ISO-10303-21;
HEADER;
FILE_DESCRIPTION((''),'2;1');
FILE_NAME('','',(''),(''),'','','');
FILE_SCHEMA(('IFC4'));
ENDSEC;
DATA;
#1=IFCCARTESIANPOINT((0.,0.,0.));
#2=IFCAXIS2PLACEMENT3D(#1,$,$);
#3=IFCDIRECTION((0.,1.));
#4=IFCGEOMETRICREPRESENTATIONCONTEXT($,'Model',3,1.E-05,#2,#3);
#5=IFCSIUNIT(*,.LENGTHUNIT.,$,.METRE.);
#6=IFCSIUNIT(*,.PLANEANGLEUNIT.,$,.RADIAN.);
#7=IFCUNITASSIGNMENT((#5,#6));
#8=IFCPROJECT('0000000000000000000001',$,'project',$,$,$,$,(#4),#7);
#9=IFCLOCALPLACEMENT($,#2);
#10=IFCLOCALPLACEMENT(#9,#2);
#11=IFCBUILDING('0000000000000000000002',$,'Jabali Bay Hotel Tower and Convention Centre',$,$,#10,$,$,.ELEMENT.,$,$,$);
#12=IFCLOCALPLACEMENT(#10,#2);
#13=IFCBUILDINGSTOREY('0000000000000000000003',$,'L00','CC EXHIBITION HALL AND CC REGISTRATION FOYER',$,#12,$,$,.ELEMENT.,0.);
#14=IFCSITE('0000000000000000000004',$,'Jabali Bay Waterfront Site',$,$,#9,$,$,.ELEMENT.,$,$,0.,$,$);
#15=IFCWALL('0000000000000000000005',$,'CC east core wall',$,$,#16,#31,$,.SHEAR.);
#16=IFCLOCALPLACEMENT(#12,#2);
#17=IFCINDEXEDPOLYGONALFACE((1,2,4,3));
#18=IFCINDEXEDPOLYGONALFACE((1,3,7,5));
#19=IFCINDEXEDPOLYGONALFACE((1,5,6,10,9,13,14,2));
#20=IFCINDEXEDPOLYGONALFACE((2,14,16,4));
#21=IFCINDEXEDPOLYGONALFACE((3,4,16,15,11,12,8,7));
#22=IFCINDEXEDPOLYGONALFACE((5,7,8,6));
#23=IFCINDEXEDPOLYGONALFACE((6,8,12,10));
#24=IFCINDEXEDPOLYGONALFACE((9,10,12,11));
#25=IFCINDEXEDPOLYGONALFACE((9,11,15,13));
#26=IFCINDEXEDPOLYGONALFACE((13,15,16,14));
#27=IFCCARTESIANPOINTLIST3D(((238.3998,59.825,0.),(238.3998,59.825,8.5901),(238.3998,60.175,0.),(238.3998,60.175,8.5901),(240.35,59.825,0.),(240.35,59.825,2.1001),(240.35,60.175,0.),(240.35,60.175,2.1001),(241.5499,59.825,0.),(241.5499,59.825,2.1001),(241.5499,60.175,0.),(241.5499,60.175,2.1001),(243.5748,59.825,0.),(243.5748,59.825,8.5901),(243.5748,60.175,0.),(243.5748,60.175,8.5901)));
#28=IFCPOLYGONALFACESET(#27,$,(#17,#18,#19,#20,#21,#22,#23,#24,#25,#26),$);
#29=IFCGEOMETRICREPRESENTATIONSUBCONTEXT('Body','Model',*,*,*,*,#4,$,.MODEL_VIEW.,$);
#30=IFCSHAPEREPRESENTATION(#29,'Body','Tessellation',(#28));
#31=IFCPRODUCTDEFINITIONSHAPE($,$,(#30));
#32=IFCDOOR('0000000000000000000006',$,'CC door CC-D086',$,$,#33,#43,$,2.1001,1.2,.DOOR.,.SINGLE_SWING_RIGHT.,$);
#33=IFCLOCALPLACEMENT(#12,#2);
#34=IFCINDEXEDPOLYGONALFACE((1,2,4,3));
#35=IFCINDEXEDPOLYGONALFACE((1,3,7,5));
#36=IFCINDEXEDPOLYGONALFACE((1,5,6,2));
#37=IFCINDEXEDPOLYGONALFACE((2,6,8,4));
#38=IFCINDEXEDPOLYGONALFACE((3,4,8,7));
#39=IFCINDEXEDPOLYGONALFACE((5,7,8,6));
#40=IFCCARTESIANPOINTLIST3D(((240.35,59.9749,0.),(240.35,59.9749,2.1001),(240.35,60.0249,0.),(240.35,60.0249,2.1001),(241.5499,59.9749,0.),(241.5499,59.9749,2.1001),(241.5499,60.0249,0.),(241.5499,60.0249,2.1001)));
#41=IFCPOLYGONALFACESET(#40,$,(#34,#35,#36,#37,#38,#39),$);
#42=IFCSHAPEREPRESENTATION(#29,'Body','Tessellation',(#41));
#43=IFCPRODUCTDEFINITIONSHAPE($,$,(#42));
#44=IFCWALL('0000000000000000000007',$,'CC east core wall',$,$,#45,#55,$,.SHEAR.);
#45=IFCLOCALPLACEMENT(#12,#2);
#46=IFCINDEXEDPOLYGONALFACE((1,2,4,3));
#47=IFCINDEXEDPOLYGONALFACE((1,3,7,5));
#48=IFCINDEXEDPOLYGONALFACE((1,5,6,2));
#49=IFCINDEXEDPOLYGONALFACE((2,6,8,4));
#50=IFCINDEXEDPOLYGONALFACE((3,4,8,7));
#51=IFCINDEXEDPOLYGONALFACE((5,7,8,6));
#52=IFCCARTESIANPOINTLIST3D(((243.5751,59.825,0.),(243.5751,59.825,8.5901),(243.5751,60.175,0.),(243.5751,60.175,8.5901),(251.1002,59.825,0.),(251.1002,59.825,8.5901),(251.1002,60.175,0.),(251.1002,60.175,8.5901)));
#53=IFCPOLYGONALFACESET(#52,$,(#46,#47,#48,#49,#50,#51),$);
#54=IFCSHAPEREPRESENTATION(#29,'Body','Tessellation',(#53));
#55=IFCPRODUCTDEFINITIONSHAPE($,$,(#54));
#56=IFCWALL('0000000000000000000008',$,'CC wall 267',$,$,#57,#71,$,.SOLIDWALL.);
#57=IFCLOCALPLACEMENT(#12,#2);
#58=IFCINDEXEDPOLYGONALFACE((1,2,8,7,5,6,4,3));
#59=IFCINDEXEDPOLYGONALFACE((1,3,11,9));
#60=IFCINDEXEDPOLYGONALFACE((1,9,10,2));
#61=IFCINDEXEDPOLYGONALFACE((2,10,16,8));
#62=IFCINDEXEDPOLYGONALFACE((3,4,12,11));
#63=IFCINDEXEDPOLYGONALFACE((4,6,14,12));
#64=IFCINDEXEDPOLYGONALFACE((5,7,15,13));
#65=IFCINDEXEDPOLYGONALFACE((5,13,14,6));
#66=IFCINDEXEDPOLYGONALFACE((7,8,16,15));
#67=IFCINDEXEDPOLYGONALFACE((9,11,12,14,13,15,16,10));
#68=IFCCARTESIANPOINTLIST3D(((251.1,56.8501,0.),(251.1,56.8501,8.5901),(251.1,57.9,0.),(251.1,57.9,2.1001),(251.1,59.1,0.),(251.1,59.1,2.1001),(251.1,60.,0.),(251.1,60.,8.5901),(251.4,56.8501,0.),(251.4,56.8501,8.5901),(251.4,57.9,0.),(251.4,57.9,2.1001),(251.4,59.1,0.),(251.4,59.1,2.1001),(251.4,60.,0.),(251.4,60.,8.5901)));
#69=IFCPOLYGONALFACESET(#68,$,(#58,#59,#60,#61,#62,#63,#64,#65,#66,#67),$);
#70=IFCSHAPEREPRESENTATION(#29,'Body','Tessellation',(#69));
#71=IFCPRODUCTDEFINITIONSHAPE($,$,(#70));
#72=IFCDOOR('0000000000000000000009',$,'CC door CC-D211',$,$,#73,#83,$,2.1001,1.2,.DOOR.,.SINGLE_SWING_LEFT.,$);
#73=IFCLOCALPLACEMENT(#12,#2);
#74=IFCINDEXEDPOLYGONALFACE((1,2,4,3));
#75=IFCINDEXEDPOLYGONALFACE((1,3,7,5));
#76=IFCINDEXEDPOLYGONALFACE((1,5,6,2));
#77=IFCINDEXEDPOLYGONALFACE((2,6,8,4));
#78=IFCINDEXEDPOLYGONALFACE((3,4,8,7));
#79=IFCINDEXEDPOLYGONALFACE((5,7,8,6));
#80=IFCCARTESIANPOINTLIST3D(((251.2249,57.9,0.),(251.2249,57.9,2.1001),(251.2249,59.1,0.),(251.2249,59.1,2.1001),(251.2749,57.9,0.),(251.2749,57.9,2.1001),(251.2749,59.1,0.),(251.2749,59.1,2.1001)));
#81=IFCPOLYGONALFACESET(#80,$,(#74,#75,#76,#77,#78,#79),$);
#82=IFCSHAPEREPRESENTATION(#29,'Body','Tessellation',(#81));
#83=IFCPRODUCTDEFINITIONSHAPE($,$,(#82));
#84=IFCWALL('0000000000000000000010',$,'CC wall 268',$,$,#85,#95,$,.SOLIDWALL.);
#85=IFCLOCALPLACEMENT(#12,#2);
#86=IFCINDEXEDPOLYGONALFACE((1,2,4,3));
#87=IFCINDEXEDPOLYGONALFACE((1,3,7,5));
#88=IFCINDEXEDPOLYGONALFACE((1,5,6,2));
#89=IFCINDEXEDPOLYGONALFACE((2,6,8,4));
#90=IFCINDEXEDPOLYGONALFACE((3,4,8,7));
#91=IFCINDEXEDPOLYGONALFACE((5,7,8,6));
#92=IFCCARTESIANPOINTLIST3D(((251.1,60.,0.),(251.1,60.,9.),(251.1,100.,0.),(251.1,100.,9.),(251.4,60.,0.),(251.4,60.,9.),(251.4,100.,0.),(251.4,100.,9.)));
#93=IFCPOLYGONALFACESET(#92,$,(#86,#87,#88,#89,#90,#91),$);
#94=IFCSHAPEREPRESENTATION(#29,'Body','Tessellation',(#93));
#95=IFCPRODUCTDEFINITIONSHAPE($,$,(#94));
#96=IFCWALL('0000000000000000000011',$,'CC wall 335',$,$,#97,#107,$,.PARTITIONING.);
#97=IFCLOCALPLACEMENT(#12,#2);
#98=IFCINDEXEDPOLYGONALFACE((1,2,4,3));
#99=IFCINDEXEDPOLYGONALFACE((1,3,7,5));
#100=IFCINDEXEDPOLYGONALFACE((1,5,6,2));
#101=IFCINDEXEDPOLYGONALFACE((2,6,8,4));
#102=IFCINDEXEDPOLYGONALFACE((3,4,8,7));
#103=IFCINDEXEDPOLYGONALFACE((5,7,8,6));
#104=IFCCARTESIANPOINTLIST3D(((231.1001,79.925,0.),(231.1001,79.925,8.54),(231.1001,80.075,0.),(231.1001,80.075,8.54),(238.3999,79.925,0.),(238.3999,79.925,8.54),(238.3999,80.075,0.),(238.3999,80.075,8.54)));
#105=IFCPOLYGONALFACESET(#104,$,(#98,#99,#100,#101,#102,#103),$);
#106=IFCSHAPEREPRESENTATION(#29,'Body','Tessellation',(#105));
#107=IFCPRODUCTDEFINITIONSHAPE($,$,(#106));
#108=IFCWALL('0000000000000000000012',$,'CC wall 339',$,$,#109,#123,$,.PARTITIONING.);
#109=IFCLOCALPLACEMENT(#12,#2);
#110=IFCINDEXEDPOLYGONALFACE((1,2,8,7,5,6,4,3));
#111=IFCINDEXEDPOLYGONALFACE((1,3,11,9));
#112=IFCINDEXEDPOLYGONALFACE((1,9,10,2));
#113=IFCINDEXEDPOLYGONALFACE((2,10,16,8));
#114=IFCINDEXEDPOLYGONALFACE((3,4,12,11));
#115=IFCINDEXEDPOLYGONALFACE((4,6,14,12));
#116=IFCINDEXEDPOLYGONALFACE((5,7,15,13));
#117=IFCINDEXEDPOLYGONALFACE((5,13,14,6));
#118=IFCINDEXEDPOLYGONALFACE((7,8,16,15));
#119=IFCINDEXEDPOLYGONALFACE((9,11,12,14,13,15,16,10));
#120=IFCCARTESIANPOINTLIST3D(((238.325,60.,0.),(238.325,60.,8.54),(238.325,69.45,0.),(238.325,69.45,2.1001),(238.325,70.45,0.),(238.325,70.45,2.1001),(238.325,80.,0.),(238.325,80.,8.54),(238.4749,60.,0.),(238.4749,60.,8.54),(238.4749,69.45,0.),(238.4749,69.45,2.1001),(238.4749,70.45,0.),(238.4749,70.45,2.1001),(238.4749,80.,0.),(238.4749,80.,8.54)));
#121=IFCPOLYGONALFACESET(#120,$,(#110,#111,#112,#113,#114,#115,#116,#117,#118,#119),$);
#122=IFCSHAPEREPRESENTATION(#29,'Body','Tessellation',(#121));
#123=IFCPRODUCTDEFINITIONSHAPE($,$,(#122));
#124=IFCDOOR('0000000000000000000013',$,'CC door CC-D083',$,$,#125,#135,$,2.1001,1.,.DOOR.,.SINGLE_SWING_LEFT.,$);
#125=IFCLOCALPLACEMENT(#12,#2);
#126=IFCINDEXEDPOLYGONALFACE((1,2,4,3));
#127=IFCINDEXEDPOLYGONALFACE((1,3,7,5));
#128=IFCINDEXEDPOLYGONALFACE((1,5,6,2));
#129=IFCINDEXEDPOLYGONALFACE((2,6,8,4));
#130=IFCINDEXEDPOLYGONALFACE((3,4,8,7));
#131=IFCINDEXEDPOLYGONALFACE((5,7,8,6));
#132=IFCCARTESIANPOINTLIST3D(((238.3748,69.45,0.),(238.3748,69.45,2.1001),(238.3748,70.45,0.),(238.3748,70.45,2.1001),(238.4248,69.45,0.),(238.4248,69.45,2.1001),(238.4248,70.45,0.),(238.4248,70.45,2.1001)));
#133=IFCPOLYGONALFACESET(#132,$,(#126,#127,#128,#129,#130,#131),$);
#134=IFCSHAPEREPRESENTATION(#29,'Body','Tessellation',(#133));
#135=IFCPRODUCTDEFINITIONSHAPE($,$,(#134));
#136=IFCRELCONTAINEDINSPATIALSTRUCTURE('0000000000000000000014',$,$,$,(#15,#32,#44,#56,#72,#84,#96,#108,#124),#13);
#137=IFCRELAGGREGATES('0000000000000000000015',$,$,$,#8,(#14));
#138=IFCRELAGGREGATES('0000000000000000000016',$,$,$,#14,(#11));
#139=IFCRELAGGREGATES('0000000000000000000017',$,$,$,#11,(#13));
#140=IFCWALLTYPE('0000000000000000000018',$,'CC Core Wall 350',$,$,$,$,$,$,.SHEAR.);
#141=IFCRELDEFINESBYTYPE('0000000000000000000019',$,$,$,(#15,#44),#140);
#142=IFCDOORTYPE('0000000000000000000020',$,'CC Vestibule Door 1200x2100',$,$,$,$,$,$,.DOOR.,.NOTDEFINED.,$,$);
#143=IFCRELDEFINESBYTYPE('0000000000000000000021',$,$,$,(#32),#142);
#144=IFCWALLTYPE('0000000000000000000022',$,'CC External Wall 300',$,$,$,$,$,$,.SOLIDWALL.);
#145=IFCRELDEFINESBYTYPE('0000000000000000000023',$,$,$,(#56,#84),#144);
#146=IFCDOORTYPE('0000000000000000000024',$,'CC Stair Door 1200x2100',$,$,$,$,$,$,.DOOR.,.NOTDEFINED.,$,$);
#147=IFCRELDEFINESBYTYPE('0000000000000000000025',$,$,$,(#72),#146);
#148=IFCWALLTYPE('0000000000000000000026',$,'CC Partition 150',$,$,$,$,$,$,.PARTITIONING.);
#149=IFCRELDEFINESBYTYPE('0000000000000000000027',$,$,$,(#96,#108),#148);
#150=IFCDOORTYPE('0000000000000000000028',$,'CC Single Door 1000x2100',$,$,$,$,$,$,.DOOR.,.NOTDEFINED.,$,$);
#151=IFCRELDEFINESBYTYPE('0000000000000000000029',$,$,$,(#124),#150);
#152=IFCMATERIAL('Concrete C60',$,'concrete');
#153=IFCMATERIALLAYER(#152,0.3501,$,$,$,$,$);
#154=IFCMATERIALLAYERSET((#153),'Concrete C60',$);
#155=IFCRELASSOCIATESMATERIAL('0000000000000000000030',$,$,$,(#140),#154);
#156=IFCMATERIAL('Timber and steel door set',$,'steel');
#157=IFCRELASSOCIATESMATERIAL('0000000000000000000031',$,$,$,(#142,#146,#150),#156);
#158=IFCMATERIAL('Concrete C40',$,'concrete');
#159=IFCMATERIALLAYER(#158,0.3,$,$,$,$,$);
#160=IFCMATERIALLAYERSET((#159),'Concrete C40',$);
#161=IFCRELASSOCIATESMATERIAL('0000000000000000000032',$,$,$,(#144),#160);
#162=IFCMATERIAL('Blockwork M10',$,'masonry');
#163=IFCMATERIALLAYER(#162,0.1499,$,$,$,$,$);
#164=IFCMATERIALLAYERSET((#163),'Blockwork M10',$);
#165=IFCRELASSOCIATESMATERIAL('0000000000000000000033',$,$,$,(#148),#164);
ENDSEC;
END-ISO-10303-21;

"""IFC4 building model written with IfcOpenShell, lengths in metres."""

from ifc_helpers import new_model, si_unit, direction, frame, frame_2d, origin, place, context, subcontext, project, spatial, rectangle, extrude, material, layer, layer_set, type_object, element, fill, save


model = new_model("IFC4")

# Units and contexts
model_context = context("Model", 3, precision=1e-05, world=origin(), true_north=direction((0.0, 1.0)))
body_context = subcontext(model_context, "Body", "Model", "MODEL_VIEW")
ifc_project = project(units=[si_unit("LENGTHUNIT", "METRE"), si_unit("PLANEANGLEUNIT", "RADIAN")], contexts=[model_context])

# Site, building, storey
site_placement = place(None, origin())
site = spatial("IfcSite", under=ifc_project, at=site_placement, Name="Jabali Bay Waterfront Site", CompositionType="ELEMENT", RefElevation=0.0)
building_placement = place(site_placement, origin())
building = spatial("IfcBuilding", under=site, at=building_placement, Name="Jabali Bay Hotel Tower and Convention Centre", CompositionType="ELEMENT")
storey_placement = place(building_placement, origin())
storey = spatial("IfcBuildingStorey", under=building, at=storey_placement, Name="L00", Description="CC EXHIBITION HALL AND CC REGISTRATION FOYER", CompositionType="ELEMENT", Elevation=0.0)

# Shared definitions
ifc_material_1 = material(Name="Concrete C60", Category="concrete")

# Wall, opening, door
ifc_layer_1 = layer(ifc_material_1, 0.3501)
ifc_layer_set_1 = layer_set([ifc_layer_1], Name="Concrete C60")
wall_type_1 = type_object("IfcWallType", Name="CC Core Wall 350", PredefinedType="SHEAR", material=ifc_layer_set_1)
wall_1_placement = place(storey_placement, frame((238.3999, 60.0, 0.0), z_axis=(0.0, 0.0, 1.0), x_axis=(1.0, 0.0, 0.0)))
wall_1 = element("IfcWall", 1, at=wall_1_placement, inside=storey, type_object=wall_type_1, Name="CC east core wall", PredefinedType="SHEAR", context=body_context, shape_type="SweptSolid", body=[
    extrude(rectangle(XDim=5.175, YDim=0.3501, at=frame_2d((2.5874, 0.0))), origin(), (0.0, 0.0, 1.0), 8.5901),
])
opening_1_placement = place(wall_1_placement, frame((1.95, 0.0, 0.0)))
opening_1 = element("IfcOpeningElement", 2, at=opening_1_placement, cuts=wall_1, PredefinedType="OPENING", context=body_context, shape_type="SweptSolid", body=[
    extrude(rectangle(XDim=1.2, YDim=2.1001, at=frame_2d((0.6001, 1.05))), frame((0.0, 0.1855, 0.0), z_axis=(0.0, -1.0, 0.0), x_axis=(1.0, 0.0, 0.0)), (0.0, 0.0, 1.0), 0.3711),
])
ifc_material_2 = material(Name="Timber and steel door set", Category="steel")
door_type_1 = type_object("IfcDoorType", Name="CC Vestibule Door 1200x2100", OperationType="NOTDEFINED", PredefinedType="DOOR", material=ifc_material_2)
door_1_placement = place(opening_1_placement, origin())
door_1 = element("IfcDoor", 3, at=door_1_placement, inside=storey, type_object=door_type_1, Name="CC door CC-D086", OperationType="SINGLE_SWING_RIGHT", OverallHeight=2.1001, OverallWidth=1.2, PredefinedType="DOOR", context=body_context, shape_type="SweptSolid", body=[
    extrude(rectangle(XDim=1.2, YDim=2.1001, at=frame_2d((0.6001, 1.05))), frame((0.0, 0.0249, 0.0), z_axis=(0.0, -1.0, 0.0), x_axis=(1.0, 0.0, 0.0)), (0.0, 0.0, 1.0), 0.05),
])
fill(opening_1, door_1)

# Wall
wall_2_placement = place(storey_placement, frame((243.575, 60.0, 0.0), z_axis=(0.0, 0.0, 1.0), x_axis=(1.0, 0.0, 0.0)))
element("IfcWall", 4, at=wall_2_placement, inside=storey, type_object=wall_type_1, Name="CC east core wall", PredefinedType="SHEAR", context=body_context, shape_type="SweptSolid", body=[
    extrude(rectangle(XDim=7.5251, YDim=0.3501, at=frame_2d((3.7627, 0.0))), origin(), (0.0, 0.0, 1.0), 8.5901),
])

# Wall, opening, door
ifc_material_3 = material(Name="Concrete C40", Category="concrete")
ifc_layer_2 = layer(ifc_material_3, 0.3)
ifc_layer_set_2 = layer_set([ifc_layer_2], Name="Concrete C40")
wall_type_2 = type_object("IfcWallType", Name="CC External Wall 300", PredefinedType="SOLIDWALL", material=ifc_layer_set_2)
wall_3_placement = place(storey_placement, frame((251.25, 60.0, 0.0), z_axis=(0.0, 0.0, 1.0), x_axis=(0.0, -1.0, 0.0)))
wall_3 = element("IfcWall", 5, at=wall_3_placement, inside=storey, type_object=wall_type_2, Name="CC wall 267", PredefinedType="SOLIDWALL", context=body_context, shape_type="SweptSolid", body=[
    extrude(rectangle(XDim=3.1499, YDim=0.3, at=frame_2d((1.575, 0.0))), origin(), (0.0, 0.0, 1.0), 8.5901),
])
opening_2_placement = place(wall_3_placement, frame((0.8999, 0.0, 0.0)))
opening_2 = element("IfcOpeningElement", 6, at=opening_2_placement, cuts=wall_3, PredefinedType="OPENING", context=body_context, shape_type="SweptSolid", body=[
    extrude(rectangle(XDim=1.2, YDim=2.1001, at=frame_2d((0.6001, 1.05))), frame((0.0, 0.1606, 0.0), z_axis=(0.0, -1.0, 0.0), x_axis=(1.0, 0.0, 0.0)), (0.0, 0.0, 1.0), 0.321),
])
door_type_2 = type_object("IfcDoorType", Name="CC Stair Door 1200x2100", OperationType="NOTDEFINED", PredefinedType="DOOR", material=ifc_material_2)
door_2_placement = place(opening_2_placement, origin())
door_2 = element("IfcDoor", 7, at=door_2_placement, inside=storey, type_object=door_type_2, Name="CC door CC-D211", OperationType="SINGLE_SWING_LEFT", OverallHeight=2.1001, OverallWidth=1.2, PredefinedType="DOOR", context=body_context, shape_type="SweptSolid", body=[
    extrude(rectangle(XDim=1.2, YDim=2.1001, at=frame_2d((0.6001, 1.05))), frame((0.0, 0.0249, 0.0), z_axis=(0.0, -1.0, 0.0), x_axis=(1.0, 0.0, 0.0)), (0.0, 0.0, 1.0), 0.05),
])
fill(opening_2, door_2)

# Walls
wall_4_placement = place(storey_placement, frame((251.25, 60.0, 0.0), z_axis=(0.0, 0.0, 1.0), x_axis=(0.0, 1.0, 0.0)))
element("IfcWall", 8, at=wall_4_placement, inside=storey, type_object=wall_type_2, Name="CC wall 268", PredefinedType="SOLIDWALL", context=body_context, shape_type="SweptSolid", body=[
    extrude(rectangle(XDim=40.0, YDim=0.3, at=frame_2d((20.0, 0.0))), origin(), (0.0, 0.0, 1.0), 9.0),
])
ifc_material_4 = material(Name="Blockwork M10", Category="masonry")
ifc_layer_3 = layer(ifc_material_4, 0.1499)
ifc_layer_set_3 = layer_set([ifc_layer_3], Name="Blockwork M10")
wall_type_3 = type_object("IfcWallType", Name="CC Partition 150", PredefinedType="PARTITIONING", material=ifc_layer_set_3)
wall_5_placement = place(storey_placement, frame((231.1001, 80.0, 0.0), z_axis=(0.0, 0.0, 1.0), x_axis=(1.0, 0.0, 0.0)))
element("IfcWall", 9, at=wall_5_placement, inside=storey, type_object=wall_type_3, Name="CC wall 335", PredefinedType="PARTITIONING", context=body_context, shape_type="SweptSolid", body=[
    extrude(rectangle(XDim=7.2998, YDim=0.1499, at=frame_2d((3.6499, 0.0))), origin(), (0.0, 0.0, 1.0), 8.54),
])

# Wall, opening, door
wall_6_placement = place(storey_placement, frame((238.3999, 80.0, 0.0), z_axis=(0.0, 0.0, 1.0), x_axis=(0.0, -1.0, 0.0)))
wall_6 = element("IfcWall", 10, at=wall_6_placement, inside=storey, type_object=wall_type_3, Name="CC wall 339", PredefinedType="PARTITIONING", context=body_context, shape_type="SweptSolid", body=[
    extrude(rectangle(XDim=20.0, YDim=0.1499, at=frame_2d((10.0, 0.0))), origin(), (0.0, 0.0, 1.0), 8.54),
])
opening_3_placement = place(wall_6_placement, frame((9.55, 0.0, 0.0)))
opening_3 = element("IfcOpeningElement", 11, at=opening_3_placement, cuts=wall_6, PredefinedType="OPENING", context=body_context, shape_type="SweptSolid", body=[
    extrude(rectangle(XDim=1.0, YDim=2.1001, at=frame_2d((0.5, 1.05))), frame((0.0, 0.0854, 0.0), z_axis=(0.0, -1.0, 0.0), x_axis=(1.0, 0.0, 0.0)), (0.0, 0.0, 1.0), 0.1709),
])
door_type_3 = type_object("IfcDoorType", Name="CC Single Door 1000x2100", OperationType="NOTDEFINED", PredefinedType="DOOR", material=ifc_material_2)
door_3_placement = place(opening_3_placement, origin())
door_3 = element("IfcDoor", 12, at=door_3_placement, inside=storey, type_object=door_type_3, Name="CC door CC-D083", OperationType="SINGLE_SWING_LEFT", OverallHeight=2.1001, OverallWidth=1.0, PredefinedType="DOOR", context=body_context, shape_type="SweptSolid", body=[
    extrude(rectangle(XDim=1.0, YDim=2.1001, at=frame_2d((0.5, 1.05))), frame((0.0, 0.0249, 0.0), z_axis=(0.0, -1.0, 0.0), x_axis=(1.0, 0.0, 0.0)), (0.0, 0.0, 1.0), 0.05),
])
fill(opening_3, door_3)

save(model, "model.ifc")
